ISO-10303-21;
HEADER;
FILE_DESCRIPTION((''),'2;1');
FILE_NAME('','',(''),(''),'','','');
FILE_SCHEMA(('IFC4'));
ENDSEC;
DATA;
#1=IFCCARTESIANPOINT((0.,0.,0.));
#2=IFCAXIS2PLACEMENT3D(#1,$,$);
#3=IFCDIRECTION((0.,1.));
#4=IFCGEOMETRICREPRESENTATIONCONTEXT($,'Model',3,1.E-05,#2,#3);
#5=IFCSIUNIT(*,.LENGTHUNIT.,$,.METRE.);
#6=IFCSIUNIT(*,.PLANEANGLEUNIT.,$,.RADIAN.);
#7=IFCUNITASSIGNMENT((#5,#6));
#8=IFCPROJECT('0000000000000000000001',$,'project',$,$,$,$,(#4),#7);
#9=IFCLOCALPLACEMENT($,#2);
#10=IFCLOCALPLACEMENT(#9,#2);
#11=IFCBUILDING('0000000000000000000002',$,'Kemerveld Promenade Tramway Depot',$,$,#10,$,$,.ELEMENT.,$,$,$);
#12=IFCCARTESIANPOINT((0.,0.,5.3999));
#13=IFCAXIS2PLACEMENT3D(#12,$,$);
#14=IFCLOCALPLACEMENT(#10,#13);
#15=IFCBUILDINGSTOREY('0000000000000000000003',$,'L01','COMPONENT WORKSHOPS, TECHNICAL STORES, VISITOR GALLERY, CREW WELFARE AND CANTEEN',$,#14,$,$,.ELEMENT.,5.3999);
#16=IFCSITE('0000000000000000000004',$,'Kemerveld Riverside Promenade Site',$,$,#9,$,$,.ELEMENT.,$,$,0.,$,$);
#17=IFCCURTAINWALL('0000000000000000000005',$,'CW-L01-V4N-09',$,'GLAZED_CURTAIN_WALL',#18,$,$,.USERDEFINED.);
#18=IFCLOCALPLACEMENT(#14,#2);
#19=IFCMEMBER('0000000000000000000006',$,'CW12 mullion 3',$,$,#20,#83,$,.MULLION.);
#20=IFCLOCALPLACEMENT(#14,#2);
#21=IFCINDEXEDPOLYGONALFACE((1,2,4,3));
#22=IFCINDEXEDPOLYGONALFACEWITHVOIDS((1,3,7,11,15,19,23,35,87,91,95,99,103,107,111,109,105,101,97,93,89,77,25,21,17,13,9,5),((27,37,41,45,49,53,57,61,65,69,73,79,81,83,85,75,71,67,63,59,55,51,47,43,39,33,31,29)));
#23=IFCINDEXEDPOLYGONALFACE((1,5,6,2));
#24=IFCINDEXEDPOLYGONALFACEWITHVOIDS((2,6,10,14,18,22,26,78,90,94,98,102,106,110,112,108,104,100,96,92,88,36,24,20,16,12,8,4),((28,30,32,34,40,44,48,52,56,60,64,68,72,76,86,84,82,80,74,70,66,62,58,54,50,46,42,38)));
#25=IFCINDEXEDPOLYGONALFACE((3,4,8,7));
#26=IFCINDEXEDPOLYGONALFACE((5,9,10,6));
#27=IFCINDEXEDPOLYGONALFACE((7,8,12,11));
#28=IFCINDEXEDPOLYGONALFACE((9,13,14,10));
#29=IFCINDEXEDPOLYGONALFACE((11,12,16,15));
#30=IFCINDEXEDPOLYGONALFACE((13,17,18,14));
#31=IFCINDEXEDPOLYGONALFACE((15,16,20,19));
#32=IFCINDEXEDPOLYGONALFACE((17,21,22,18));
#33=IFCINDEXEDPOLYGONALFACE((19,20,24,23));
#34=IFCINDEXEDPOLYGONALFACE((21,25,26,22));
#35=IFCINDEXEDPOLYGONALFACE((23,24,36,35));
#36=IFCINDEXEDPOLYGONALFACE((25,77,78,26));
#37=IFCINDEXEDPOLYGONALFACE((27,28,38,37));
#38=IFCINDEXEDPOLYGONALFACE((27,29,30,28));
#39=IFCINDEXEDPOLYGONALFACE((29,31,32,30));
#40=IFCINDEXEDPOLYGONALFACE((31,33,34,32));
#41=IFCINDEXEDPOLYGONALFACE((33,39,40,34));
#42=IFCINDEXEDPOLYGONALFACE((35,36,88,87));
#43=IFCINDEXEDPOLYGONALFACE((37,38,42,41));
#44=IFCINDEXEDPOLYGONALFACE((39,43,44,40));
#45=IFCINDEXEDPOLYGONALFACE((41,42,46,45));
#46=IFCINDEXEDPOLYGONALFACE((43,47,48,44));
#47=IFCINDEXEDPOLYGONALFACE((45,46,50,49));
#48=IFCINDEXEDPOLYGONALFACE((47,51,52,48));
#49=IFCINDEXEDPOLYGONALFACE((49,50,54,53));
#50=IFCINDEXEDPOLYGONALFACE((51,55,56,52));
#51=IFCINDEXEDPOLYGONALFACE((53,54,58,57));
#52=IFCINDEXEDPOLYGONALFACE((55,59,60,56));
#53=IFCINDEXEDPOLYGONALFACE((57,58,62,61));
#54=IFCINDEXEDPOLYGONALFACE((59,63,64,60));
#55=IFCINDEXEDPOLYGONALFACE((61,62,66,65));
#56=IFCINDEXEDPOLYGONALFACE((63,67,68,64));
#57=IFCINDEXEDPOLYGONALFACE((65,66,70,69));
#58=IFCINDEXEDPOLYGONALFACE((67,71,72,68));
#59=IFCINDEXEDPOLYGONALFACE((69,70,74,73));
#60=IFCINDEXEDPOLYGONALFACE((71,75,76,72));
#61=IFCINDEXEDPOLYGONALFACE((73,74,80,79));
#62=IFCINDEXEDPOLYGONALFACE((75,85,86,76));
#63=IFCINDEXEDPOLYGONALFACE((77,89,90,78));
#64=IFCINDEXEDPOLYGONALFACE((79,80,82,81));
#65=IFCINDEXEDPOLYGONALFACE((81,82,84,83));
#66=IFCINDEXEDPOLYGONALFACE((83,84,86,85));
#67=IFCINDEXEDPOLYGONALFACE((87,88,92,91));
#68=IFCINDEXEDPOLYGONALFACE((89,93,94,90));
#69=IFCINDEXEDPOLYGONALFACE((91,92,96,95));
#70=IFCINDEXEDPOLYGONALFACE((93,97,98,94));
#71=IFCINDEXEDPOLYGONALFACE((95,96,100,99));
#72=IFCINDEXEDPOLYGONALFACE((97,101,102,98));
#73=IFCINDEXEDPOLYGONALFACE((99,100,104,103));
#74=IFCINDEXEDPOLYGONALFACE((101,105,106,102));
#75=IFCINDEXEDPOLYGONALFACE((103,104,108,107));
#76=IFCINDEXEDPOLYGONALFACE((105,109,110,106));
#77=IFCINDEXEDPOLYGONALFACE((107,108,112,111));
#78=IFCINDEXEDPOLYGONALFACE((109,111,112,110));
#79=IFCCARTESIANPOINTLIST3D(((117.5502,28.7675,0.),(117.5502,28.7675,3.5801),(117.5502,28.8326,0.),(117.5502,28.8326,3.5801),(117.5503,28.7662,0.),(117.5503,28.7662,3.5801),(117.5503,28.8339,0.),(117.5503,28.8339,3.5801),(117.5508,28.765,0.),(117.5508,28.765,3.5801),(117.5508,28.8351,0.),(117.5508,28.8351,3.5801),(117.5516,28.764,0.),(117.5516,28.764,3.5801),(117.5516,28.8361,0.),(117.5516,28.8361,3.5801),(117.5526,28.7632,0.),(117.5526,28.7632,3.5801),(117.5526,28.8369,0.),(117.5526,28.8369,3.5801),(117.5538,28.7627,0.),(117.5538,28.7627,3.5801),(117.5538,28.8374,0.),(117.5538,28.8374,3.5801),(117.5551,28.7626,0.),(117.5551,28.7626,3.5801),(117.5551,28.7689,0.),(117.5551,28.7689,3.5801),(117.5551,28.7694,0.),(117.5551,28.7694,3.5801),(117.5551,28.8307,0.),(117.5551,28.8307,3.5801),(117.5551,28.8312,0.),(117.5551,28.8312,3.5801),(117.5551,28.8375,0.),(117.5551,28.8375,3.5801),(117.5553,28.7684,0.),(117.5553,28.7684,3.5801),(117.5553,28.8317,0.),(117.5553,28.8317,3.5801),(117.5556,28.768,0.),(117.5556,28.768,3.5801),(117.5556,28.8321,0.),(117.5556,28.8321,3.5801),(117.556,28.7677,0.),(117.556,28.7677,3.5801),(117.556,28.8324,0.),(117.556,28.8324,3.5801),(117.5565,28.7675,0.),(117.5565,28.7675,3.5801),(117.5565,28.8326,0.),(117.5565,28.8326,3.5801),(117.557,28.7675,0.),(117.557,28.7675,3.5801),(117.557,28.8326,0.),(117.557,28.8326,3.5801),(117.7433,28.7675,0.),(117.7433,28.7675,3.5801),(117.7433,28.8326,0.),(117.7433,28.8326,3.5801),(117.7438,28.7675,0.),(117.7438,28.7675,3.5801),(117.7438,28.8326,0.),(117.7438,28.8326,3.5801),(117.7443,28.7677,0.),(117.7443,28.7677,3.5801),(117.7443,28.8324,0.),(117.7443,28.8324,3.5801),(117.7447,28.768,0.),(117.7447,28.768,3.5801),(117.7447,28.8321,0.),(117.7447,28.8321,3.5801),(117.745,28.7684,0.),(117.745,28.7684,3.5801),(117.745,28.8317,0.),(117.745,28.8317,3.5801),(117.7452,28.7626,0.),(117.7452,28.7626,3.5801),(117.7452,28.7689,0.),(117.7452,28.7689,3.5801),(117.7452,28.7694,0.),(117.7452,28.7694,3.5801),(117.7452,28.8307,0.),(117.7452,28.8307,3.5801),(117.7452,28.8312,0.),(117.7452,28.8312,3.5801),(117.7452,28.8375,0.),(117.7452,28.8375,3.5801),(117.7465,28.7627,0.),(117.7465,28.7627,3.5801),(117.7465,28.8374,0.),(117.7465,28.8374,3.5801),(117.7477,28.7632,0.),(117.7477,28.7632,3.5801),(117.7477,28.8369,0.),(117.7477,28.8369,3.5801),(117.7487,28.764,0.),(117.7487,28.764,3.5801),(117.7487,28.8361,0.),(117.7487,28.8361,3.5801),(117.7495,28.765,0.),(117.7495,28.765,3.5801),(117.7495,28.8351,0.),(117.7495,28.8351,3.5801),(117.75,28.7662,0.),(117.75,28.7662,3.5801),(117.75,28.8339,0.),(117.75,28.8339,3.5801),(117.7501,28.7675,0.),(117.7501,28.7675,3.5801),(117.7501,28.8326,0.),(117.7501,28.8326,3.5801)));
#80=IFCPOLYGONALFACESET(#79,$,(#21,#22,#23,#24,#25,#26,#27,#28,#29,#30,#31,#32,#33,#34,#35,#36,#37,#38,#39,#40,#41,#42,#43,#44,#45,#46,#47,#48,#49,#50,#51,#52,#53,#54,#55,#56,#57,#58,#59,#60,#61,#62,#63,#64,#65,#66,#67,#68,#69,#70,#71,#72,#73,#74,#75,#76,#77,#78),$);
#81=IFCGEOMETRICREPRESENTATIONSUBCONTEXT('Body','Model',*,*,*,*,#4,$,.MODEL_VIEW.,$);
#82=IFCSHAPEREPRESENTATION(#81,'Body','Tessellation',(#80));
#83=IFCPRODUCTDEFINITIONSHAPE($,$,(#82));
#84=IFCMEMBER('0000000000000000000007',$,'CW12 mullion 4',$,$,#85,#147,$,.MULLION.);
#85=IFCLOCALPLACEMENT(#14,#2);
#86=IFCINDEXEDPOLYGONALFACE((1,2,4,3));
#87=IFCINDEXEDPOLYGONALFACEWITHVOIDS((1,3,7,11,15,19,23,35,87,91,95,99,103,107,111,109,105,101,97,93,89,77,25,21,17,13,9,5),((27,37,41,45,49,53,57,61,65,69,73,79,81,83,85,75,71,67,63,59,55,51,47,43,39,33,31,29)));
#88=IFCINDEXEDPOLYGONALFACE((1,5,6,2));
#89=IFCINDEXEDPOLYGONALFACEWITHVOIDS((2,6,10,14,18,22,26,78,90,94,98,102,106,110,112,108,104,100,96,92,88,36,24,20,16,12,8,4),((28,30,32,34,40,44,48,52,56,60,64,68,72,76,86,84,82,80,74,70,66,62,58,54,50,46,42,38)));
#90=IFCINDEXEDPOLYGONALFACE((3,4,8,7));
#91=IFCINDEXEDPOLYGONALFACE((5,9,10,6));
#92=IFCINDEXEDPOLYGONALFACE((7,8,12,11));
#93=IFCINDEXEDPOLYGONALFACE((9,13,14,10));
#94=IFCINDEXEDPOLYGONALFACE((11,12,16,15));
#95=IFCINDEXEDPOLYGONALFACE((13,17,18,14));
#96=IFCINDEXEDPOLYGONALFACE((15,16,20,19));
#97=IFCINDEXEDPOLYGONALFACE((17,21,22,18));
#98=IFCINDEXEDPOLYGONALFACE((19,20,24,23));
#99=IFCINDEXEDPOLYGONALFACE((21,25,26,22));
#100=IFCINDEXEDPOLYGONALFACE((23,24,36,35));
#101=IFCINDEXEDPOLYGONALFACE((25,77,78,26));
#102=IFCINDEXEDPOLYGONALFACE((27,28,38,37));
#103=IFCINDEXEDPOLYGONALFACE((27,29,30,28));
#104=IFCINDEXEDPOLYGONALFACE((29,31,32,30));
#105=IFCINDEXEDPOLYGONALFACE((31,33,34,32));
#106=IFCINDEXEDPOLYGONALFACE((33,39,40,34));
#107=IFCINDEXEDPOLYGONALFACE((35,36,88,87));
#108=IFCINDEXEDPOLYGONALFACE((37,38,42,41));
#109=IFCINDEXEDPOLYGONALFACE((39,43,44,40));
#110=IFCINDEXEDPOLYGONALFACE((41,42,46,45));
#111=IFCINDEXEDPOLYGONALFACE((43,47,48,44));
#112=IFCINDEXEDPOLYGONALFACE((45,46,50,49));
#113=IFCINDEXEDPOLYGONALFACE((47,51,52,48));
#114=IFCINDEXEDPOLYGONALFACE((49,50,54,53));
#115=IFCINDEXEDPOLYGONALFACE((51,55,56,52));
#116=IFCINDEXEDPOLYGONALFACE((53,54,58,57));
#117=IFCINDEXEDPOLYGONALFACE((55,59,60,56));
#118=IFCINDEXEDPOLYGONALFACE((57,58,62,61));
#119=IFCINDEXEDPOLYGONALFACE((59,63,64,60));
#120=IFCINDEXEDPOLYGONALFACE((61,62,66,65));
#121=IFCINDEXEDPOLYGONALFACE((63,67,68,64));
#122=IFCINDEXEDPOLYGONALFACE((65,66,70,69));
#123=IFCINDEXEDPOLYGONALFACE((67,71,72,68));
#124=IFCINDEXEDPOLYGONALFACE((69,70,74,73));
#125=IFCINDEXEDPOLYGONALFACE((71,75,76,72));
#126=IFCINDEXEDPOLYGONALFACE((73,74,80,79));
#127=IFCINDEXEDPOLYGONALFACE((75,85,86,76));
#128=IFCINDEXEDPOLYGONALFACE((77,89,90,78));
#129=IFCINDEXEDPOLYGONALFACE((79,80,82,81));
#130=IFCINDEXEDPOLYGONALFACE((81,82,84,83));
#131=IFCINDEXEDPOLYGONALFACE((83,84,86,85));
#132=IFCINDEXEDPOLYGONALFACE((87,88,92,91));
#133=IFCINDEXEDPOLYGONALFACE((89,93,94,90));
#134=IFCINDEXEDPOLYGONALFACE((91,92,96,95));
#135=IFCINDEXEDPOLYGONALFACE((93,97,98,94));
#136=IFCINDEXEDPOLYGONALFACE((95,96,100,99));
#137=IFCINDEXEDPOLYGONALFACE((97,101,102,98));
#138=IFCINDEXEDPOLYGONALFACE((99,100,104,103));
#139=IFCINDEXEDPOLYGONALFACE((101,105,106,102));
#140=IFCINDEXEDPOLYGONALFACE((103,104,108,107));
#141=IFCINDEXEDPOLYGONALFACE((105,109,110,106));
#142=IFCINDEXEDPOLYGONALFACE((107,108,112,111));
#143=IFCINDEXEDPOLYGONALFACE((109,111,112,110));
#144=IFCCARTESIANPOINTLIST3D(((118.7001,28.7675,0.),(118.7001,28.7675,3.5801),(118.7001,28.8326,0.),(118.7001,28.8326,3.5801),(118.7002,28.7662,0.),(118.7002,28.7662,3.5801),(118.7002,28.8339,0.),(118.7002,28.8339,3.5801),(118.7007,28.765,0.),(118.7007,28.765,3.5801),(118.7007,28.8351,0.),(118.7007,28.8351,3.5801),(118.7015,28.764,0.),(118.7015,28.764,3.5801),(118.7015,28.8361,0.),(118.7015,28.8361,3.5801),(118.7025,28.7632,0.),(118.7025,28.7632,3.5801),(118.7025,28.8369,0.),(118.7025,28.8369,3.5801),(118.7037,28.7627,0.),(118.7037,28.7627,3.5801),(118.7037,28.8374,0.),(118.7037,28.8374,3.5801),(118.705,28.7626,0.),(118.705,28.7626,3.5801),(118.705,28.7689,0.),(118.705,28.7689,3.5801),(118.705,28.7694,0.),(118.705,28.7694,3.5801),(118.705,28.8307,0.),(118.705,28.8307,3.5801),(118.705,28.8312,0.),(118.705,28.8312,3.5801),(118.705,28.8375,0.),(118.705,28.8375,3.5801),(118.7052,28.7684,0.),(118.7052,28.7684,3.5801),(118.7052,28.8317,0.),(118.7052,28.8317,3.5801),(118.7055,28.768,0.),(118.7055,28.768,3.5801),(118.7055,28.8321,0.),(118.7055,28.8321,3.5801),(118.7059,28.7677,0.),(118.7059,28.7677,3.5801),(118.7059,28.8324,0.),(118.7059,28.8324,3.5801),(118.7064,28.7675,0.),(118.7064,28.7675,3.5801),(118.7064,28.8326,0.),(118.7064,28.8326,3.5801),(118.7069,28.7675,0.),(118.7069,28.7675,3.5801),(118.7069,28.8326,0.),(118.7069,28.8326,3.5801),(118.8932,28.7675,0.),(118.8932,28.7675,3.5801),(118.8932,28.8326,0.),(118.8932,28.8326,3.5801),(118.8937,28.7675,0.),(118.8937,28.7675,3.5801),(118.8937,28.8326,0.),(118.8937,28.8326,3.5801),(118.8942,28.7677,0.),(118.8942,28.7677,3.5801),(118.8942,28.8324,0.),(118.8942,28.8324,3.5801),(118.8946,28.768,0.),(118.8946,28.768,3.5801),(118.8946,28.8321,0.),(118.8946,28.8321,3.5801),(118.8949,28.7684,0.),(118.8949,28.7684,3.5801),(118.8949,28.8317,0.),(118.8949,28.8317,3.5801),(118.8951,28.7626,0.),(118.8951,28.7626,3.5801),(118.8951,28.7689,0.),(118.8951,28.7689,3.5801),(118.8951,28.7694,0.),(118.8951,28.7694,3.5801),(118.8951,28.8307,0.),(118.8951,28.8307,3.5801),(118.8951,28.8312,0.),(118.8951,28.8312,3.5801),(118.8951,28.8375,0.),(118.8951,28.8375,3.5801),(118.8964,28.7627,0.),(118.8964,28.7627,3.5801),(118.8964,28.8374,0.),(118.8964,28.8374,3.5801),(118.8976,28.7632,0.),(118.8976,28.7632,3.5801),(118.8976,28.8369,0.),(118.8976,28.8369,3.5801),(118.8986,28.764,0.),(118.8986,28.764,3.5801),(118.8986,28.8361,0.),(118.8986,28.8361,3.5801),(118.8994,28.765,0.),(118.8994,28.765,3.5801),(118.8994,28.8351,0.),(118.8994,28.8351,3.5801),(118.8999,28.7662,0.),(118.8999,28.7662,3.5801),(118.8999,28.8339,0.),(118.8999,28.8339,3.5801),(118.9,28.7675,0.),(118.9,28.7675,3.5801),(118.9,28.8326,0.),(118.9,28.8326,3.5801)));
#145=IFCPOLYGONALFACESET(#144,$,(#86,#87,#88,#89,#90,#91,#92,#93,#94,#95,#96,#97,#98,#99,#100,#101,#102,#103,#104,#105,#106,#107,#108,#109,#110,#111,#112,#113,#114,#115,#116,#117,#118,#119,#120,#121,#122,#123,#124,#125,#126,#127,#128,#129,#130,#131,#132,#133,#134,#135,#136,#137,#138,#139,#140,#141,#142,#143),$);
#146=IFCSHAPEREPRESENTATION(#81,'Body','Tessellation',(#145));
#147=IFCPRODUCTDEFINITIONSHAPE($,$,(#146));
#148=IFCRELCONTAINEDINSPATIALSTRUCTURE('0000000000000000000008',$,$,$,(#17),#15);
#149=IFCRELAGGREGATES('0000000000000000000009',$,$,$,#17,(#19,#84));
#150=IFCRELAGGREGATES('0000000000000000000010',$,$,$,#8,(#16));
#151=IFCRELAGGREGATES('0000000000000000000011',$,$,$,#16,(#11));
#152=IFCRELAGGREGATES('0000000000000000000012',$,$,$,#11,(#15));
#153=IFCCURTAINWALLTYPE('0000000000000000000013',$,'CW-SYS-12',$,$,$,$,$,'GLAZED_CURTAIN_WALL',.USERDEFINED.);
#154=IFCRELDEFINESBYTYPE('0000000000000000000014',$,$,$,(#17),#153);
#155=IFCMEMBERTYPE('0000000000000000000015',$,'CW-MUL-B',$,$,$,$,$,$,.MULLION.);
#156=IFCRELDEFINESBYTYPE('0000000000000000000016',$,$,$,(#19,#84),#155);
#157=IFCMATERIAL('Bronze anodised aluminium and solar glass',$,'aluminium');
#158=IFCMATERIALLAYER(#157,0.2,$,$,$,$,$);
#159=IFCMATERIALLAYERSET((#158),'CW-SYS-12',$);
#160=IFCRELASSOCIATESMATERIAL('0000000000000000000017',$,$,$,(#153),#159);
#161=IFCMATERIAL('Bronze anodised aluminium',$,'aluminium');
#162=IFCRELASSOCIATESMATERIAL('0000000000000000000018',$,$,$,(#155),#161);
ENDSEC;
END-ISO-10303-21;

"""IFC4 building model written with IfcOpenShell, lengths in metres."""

from ifc_helpers import new_model, si_unit, direction, frame, origin, origin_2d, place, context, subcontext, project, spatial, hollow_rectangle, extrude, material, layer, layer_set, material_profile, profile_set, type_object, element, aggregate, save


model = new_model("IFC4")

# Units and contexts
model_context = context("Model", 3, precision=1e-05, world=origin(), true_north=direction((0.0, 1.0)))
body_context = subcontext(model_context, "Body", "Model", "MODEL_VIEW")
ifc_project = project(units=[si_unit("LENGTHUNIT", "METRE"), si_unit("PLANEANGLEUNIT", "RADIAN")], contexts=[model_context])

# Site, building, storey
site_placement = place(None, origin())
site = spatial("IfcSite", under=ifc_project, at=site_placement, Name="Kemerveld Riverside Promenade Site", CompositionType="ELEMENT", RefElevation=0.0)
building_placement = place(site_placement, origin())
building = spatial("IfcBuilding", under=site, at=building_placement, Name="Kemerveld Promenade Tramway Depot", CompositionType="ELEMENT")
storey_placement = place(building_placement, frame((0.0, 0.0, 5.3999)))
storey = spatial("IfcBuildingStorey", under=building, at=storey_placement, Name="L01", Description="COMPONENT WORKSHOPS, TECHNICAL STORES, VISITOR GALLERY, CREW WELFARE AND CANTEEN", CompositionType="ELEMENT", Elevation=5.3999)

# Curtain wall, members
ifc_material_1 = material(Name="Bronze anodised aluminium and solar glass", Category="aluminium")
ifc_layer_1 = layer(ifc_material_1, 0.2)
ifc_layer_set_1 = layer_set([ifc_layer_1], Name="CW-SYS-12")
curtain_wall_type = type_object("IfcCurtainWallType", Name="CW-SYS-12", ElementType="GLAZED_CURTAIN_WALL", PredefinedType="USERDEFINED", material=ifc_layer_set_1)
curtain_wall_placement = place(storey_placement, origin())
curtain_wall = element("IfcCurtainWall", 1, at=curtain_wall_placement, inside=storey, type_object=curtain_wall_type, Name="CW-L01-V4N-09", ObjectType="GLAZED_CURTAIN_WALL", PredefinedType="USERDEFINED")
ifc_material_2 = material(Name="Bronze anodised aluminium", Category="aluminium")
ifc_material_profile_1 = material_profile(ifc_material_2, hollow_rectangle(XDim=0.075, YDim=0.2, WallThickness=0.0049, InnerFilletRadius=0.002, OuterFilletRadius=0.0049, at=origin_2d()), Name="CW-MUL-200x75")
ifc_profile_set_1 = profile_set([ifc_material_profile_1], Name="Bronze anodised aluminium")
member_type_1 = type_object("IfcMemberType", Name="CW-MUL-B", PredefinedType="MULLION", material=ifc_profile_set_1)
member_1_placement = place(storey_placement, frame((117.6501, 28.8, 0.0), z_axis=(0.0, 0.0, 1.0), x_axis=(0.0, 1.0, 0.0)))
member_1 = element("IfcMember", 2, at=member_1_placement, type_object=member_type_1, Name="CW12 mullion 3", PredefinedType="MULLION", context=body_context, shape_type="SweptSolid", body=[
    extrude(hollow_rectangle(XDim=0.075, YDim=0.2, WallThickness=0.0049, InnerFilletRadius=0.002, OuterFilletRadius=0.0049, at=origin_2d()), origin(), (0.0, 0.0, 1.0), 3.5801),
])
member_2_placement = place(storey_placement, frame((118.8, 28.8, 0.0), z_axis=(0.0, 0.0, 1.0), x_axis=(0.0, 1.0, 0.0)))
member_2 = element("IfcMember", 3, at=member_2_placement, type_object=member_type_1, Name="CW12 mullion 4", PredefinedType="MULLION", context=body_context, shape_type="SweptSolid", body=[
    extrude(hollow_rectangle(XDim=0.075, YDim=0.2, WallThickness=0.0049, InnerFilletRadius=0.002, OuterFilletRadius=0.0049, at=origin_2d()), origin(), (0.0, 0.0, 1.0), 3.5801),
])
aggregate(curtain_wall, [member_1, member_2])

save(model, "model.ifc")
